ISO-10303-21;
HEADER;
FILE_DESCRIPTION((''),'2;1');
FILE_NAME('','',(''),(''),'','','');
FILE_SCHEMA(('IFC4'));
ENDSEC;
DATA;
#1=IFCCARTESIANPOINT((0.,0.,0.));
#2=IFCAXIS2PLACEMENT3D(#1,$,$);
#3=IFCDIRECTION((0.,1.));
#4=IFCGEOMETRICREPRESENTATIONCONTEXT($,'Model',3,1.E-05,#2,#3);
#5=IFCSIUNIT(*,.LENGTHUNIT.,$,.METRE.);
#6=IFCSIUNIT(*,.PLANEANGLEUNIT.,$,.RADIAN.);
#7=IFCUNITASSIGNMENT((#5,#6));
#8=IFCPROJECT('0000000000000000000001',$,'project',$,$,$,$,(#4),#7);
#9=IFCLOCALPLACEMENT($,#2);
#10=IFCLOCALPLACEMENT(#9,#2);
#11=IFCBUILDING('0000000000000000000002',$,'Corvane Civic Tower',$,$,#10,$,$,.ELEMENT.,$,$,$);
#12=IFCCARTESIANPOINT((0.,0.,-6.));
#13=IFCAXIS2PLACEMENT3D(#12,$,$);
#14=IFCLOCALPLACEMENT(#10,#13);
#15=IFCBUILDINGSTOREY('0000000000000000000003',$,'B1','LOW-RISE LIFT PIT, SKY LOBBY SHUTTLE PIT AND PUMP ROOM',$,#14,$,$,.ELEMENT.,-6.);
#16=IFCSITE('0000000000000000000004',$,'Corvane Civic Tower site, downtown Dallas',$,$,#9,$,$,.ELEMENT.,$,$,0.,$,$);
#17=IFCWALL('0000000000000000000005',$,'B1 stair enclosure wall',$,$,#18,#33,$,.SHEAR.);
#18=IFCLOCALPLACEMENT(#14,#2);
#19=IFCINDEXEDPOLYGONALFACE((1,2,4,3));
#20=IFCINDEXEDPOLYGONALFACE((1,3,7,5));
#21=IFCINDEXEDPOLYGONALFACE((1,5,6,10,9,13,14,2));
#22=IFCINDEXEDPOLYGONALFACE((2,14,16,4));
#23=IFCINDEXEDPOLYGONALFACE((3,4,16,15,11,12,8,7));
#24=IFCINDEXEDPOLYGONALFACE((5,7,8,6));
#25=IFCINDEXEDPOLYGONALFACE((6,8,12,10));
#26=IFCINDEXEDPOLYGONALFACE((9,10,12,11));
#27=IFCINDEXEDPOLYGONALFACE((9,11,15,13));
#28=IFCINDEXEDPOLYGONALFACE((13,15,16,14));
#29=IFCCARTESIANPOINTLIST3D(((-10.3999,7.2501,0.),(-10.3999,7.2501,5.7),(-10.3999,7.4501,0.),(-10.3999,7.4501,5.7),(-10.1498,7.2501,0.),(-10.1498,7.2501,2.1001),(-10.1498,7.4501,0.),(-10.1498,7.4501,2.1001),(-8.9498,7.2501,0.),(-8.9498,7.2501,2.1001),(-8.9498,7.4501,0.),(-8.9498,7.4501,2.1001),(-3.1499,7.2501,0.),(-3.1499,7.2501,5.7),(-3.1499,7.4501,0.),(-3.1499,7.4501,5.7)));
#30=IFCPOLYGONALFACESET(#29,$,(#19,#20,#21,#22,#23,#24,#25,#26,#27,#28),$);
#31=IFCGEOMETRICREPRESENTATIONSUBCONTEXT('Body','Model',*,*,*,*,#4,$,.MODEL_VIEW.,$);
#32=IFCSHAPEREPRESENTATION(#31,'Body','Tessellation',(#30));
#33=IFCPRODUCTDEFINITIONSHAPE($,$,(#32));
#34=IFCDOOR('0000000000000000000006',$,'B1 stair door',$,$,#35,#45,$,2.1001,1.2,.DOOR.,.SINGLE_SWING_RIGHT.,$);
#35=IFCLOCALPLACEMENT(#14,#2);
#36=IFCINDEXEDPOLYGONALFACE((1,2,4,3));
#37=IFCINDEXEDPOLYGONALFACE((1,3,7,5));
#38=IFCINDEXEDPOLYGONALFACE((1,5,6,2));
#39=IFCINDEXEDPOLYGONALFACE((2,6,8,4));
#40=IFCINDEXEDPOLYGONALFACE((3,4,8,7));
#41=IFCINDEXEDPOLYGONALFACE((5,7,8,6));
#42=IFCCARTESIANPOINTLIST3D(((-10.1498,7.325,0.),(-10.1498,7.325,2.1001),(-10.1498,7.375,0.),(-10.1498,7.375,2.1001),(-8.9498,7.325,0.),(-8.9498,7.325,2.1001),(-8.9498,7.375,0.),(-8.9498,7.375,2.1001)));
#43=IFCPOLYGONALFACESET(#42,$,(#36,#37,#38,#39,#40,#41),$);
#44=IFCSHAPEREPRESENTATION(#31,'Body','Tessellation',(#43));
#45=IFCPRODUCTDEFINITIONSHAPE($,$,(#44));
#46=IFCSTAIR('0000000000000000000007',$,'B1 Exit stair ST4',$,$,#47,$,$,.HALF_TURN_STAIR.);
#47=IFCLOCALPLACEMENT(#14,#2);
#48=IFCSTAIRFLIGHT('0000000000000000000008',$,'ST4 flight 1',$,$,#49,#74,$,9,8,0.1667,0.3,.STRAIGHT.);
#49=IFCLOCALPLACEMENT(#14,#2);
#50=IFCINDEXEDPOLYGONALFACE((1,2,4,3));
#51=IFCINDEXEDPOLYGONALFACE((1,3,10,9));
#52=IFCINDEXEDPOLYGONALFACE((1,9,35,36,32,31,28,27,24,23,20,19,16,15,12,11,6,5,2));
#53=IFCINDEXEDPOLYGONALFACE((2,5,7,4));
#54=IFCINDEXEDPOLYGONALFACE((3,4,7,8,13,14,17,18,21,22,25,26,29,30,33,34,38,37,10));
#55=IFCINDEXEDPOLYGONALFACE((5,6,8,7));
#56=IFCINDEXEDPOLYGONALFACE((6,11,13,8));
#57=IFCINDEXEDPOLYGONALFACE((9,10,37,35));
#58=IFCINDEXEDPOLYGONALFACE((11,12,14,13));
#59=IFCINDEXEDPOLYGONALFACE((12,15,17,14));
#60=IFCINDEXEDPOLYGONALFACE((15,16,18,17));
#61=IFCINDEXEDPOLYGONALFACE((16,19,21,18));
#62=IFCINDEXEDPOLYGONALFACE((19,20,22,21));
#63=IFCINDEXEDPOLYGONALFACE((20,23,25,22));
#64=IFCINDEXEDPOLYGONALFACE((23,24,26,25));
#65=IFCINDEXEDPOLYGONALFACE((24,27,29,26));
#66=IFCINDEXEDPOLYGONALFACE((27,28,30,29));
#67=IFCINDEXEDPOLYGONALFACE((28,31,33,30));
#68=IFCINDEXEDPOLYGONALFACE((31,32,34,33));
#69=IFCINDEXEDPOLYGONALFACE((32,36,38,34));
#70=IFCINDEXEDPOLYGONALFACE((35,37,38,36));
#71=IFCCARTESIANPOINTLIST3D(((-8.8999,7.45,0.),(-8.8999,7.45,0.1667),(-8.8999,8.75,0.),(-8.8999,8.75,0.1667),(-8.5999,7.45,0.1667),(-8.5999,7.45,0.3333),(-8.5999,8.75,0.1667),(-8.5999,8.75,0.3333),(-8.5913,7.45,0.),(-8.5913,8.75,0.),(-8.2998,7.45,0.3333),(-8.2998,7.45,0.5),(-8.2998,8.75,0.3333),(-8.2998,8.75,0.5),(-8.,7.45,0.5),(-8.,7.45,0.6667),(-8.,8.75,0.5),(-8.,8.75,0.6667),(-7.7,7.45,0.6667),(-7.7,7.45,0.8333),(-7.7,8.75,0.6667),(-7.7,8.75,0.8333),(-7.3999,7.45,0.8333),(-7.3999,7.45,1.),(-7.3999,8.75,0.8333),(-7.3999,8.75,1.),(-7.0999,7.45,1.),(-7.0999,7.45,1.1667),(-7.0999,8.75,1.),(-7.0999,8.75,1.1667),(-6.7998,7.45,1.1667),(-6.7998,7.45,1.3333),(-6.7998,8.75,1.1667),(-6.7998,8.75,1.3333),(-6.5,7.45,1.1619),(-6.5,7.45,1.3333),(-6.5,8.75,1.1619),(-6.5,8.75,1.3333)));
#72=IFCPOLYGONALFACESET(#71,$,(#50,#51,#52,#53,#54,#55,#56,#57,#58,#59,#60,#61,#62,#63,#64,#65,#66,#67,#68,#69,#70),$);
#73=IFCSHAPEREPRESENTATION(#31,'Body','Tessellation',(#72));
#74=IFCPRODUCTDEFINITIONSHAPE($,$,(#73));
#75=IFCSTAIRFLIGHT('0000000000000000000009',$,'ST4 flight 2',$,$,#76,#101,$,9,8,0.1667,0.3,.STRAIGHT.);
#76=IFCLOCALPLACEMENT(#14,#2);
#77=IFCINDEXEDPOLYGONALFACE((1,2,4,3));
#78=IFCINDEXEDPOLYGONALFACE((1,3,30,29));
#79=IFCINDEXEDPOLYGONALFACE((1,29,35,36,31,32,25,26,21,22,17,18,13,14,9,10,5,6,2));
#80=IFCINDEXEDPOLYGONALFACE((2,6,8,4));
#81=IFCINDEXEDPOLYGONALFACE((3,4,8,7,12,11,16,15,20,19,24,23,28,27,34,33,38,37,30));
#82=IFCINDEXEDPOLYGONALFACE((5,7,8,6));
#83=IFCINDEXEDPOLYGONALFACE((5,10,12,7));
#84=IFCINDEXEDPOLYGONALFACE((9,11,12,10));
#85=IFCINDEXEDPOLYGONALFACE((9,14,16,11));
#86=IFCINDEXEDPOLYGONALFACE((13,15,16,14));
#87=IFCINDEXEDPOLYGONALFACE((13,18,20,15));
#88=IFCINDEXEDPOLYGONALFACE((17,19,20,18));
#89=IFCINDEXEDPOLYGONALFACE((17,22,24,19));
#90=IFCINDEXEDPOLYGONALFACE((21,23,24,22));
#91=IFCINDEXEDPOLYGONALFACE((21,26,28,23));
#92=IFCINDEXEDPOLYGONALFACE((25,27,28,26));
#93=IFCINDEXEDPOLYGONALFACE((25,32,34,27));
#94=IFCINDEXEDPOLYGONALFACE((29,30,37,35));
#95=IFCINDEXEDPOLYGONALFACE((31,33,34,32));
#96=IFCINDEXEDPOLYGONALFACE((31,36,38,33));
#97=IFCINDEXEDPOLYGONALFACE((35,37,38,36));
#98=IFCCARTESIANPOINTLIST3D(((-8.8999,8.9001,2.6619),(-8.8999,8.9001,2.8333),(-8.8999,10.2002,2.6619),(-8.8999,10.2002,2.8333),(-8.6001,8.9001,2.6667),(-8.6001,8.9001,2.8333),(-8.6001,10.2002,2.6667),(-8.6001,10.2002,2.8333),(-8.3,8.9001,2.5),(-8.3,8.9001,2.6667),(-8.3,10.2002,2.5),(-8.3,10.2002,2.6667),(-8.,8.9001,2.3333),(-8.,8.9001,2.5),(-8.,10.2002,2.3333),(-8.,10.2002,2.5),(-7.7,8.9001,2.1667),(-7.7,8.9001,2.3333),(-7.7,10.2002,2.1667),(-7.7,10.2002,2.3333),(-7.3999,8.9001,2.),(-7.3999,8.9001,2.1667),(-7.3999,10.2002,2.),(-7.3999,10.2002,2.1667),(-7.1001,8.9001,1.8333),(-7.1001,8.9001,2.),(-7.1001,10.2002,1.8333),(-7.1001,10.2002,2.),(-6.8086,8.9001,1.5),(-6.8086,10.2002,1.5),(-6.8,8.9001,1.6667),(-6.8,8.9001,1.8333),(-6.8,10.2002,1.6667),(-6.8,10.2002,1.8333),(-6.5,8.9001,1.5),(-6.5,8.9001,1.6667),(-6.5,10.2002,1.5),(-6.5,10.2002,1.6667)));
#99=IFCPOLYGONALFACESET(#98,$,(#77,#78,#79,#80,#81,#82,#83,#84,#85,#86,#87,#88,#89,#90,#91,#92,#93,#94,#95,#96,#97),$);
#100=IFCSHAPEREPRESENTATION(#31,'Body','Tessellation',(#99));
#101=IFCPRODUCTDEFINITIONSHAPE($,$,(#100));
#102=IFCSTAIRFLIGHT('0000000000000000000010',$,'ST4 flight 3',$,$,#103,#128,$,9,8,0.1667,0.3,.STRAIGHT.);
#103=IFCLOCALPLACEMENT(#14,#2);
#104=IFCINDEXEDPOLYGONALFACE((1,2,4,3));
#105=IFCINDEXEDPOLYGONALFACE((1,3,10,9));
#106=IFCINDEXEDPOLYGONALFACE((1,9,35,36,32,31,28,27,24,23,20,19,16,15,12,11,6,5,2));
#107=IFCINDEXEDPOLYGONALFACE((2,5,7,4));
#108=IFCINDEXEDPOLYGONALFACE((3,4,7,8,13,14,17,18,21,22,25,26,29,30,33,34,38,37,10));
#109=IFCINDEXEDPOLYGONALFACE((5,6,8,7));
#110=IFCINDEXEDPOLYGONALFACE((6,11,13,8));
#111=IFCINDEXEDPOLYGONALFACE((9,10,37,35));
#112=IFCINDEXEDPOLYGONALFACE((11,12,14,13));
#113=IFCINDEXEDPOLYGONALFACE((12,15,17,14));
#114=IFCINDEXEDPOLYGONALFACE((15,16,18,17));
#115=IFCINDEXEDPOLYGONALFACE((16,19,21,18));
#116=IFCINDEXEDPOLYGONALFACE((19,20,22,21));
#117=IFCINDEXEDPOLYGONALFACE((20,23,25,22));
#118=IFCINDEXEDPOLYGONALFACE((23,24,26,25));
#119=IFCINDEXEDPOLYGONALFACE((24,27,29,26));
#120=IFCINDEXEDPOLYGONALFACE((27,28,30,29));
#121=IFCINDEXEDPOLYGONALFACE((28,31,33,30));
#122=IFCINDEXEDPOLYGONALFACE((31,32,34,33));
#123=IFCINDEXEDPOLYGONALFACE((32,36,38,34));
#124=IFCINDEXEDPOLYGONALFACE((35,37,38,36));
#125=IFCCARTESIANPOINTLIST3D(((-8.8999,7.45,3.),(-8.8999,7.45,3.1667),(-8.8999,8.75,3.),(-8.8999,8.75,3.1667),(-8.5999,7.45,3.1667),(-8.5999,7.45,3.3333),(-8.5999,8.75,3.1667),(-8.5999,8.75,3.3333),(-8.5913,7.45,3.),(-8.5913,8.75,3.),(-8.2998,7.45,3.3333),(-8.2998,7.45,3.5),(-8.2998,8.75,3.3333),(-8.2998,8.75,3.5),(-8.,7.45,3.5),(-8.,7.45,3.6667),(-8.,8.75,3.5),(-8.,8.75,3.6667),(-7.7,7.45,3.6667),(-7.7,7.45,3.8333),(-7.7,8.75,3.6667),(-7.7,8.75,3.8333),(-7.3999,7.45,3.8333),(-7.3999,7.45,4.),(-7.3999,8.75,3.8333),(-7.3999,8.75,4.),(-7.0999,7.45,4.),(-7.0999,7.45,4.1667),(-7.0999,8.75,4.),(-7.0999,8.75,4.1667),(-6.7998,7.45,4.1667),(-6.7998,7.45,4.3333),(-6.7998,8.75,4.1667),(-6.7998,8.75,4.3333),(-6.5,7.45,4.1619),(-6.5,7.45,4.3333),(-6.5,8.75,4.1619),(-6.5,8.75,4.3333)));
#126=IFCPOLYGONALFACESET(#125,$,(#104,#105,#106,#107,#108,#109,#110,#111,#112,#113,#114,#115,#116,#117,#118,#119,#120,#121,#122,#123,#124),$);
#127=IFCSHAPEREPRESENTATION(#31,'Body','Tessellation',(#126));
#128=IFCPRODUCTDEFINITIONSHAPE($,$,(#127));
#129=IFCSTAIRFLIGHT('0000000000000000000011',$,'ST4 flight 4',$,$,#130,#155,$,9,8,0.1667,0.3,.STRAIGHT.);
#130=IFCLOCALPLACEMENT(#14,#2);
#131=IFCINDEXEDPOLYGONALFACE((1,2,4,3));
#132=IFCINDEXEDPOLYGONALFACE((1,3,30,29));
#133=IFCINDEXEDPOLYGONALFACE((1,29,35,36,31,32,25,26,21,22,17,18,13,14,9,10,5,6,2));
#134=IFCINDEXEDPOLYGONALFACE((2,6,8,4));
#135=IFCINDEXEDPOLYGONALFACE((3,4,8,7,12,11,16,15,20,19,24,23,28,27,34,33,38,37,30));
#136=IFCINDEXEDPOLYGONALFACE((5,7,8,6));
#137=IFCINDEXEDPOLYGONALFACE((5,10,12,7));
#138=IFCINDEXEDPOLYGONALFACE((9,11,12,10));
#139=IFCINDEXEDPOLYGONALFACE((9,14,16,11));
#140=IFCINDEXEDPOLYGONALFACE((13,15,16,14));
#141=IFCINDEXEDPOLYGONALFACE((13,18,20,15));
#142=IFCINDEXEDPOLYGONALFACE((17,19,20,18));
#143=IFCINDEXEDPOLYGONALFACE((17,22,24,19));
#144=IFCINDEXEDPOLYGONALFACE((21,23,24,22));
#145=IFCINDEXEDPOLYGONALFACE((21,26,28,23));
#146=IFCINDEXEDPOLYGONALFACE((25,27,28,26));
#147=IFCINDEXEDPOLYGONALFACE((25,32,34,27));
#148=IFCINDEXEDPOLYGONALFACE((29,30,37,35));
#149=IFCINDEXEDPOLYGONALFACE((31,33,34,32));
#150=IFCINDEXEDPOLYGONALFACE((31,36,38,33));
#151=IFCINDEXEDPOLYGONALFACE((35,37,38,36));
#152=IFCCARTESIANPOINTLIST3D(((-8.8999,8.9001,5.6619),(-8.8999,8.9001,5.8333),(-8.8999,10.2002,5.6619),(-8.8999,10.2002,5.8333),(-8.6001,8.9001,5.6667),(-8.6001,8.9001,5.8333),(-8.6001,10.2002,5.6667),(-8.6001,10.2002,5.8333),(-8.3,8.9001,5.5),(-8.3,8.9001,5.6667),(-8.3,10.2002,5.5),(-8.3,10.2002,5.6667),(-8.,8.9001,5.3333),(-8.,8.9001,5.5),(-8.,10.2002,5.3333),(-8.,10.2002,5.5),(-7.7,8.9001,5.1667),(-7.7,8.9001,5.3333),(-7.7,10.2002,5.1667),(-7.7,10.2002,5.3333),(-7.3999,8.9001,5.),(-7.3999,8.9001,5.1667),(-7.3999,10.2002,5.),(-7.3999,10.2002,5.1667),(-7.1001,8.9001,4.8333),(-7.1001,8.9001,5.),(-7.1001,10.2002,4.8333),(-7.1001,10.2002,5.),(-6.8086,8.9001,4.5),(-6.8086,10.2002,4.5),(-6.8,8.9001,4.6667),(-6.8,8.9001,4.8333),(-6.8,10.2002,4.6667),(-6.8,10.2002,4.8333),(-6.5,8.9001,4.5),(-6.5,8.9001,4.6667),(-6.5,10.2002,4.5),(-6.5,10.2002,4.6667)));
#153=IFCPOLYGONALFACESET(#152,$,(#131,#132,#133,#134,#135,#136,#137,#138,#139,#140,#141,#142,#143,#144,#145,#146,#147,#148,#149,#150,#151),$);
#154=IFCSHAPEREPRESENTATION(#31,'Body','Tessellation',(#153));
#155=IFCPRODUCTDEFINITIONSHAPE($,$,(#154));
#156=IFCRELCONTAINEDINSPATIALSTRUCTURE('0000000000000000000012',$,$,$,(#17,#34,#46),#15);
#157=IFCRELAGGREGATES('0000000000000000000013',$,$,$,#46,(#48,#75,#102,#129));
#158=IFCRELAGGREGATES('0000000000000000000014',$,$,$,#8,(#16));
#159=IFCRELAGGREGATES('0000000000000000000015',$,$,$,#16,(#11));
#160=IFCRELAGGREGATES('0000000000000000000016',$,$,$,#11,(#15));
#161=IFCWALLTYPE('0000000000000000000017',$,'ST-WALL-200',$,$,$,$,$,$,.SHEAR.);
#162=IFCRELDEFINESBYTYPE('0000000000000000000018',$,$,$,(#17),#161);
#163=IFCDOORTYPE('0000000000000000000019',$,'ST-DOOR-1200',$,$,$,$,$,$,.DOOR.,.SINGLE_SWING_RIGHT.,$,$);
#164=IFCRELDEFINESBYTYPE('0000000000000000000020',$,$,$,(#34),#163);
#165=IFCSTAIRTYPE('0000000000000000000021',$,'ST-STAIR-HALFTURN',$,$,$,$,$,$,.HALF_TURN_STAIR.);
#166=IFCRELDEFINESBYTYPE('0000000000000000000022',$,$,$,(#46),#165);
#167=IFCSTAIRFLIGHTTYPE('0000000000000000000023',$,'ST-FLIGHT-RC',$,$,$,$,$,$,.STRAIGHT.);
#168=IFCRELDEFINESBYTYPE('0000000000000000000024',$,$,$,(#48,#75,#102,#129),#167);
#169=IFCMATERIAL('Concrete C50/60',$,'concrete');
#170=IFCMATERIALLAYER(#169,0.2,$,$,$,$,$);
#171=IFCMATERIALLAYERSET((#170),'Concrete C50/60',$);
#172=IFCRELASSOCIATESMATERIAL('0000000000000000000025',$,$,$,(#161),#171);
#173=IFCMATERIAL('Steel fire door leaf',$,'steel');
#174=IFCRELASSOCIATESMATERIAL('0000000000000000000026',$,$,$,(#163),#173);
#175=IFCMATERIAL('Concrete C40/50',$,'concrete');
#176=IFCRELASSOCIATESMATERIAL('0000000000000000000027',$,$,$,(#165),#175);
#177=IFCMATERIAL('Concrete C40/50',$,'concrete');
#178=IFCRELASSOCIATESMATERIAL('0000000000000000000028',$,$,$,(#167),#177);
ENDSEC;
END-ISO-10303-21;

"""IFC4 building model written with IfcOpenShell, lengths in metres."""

from ifc_helpers import new_model, si_unit, direction, frame, frame_2d, origin, place, context, subcontext, project, spatial, polyline, rectangle, outline, extrude, material, layer, layer_set, type_object, element, fill, aggregate, save


model = new_model("IFC4")

# Units and contexts
model_context = context("Model", 3, precision=1e-05, world=origin(), true_north=direction((0.0, 1.0)))
body_context = subcontext(model_context, "Body", "Model", "MODEL_VIEW")
ifc_project = project(units=[si_unit("LENGTHUNIT", "METRE"), si_unit("PLANEANGLEUNIT", "RADIAN")], contexts=[model_context])

# Site, building, storey
site_placement = place(None, origin())
site = spatial("IfcSite", under=ifc_project, at=site_placement, Name="Corvane Civic Tower site, downtown Dallas", CompositionType="ELEMENT", RefElevation=0.0)
building_placement = place(site_placement, origin())
building = spatial("IfcBuilding", under=site, at=building_placement, Name="Corvane Civic Tower", CompositionType="ELEMENT")
storey_placement = place(building_placement, frame((0.0, 0.0, -6.0)))
storey = spatial("IfcBuildingStorey", under=building, at=storey_placement, Name="B1", Description="LOW-RISE LIFT PIT, SKY LOBBY SHUTTLE PIT AND PUMP ROOM", CompositionType="ELEMENT", Elevation=-6.0)

# Wall, opening, door
ifc_material_1 = material(Name="Concrete C50/60", Category="concrete")
ifc_layer_1 = layer(ifc_material_1, 0.2)
ifc_layer_set_1 = layer_set([ifc_layer_1], Name="Concrete C50/60")
wall_type_1 = type_object("IfcWallType", Name="ST-WALL-200", PredefinedType="SHEAR", material=ifc_layer_set_1)
wall_1_placement = place(storey_placement, frame((-10.3999, 7.3501, 0.0), z_axis=(0.0, 0.0, 1.0), x_axis=(1.0, 0.0, 0.0)))
wall_1 = element("IfcWall", 1, at=wall_1_placement, inside=storey, type_object=wall_type_1, Name="B1 stair enclosure wall", PredefinedType="SHEAR", context=body_context, shape_type="SweptSolid", body=[
    extrude(rectangle(XDim=7.25, YDim=0.2, at=frame_2d((3.625, 0.0))), origin(), (0.0, 0.0, 1.0), 5.7),
])
opening_1_placement = place(wall_1_placement, frame((0.25, 0.0, 0.0)))
opening_1 = element("IfcOpeningElement", 2, at=opening_1_placement, cuts=wall_1, PredefinedType="OPENING", context=body_context, shape_type="SweptSolid", body=[
    extrude(rectangle(XDim=1.2, YDim=2.1001, at=frame_2d((0.6001, 1.05))), frame((0.0, 0.1099, 0.0), z_axis=(0.0, -1.0, 0.0), x_axis=(1.0, 0.0, 0.0)), (0.0, 0.0, 1.0), 0.22),
])
ifc_material_2 = material(Name="Steel fire door leaf", Category="steel")
door_type_1 = type_object("IfcDoorType", Name="ST-DOOR-1200", OperationType="SINGLE_SWING_RIGHT", PredefinedType="DOOR", material=ifc_material_2)
door_1_placement = place(opening_1_placement, origin())
door_1 = element("IfcDoor", 3, at=door_1_placement, inside=storey, type_object=door_type_1, Name="B1 stair door", OperationType="SINGLE_SWING_RIGHT", OverallHeight=2.1001, OverallWidth=1.2, PredefinedType="DOOR", context=body_context, shape_type="SweptSolid", body=[
    extrude(rectangle(XDim=1.2, YDim=2.1001, at=frame_2d((0.6001, 1.05))), frame((0.0, 0.0249, 0.0), z_axis=(0.0, -1.0, 0.0), x_axis=(1.0, 0.0, 0.0)), (0.0, 0.0, 1.0), 0.05),
])
fill(opening_1, door_1)

# Stair, stair flights
ifc_material_3 = material(Name="Concrete C40/50", Category="concrete")
stair_type = type_object("IfcStairType", Name="ST-STAIR-HALFTURN", PredefinedType="HALF_TURN_STAIR", material=ifc_material_3)
stair_placement = place(storey_placement, origin())
stair = element("IfcStair", 4, at=stair_placement, inside=storey, type_object=stair_type, Name="B1 Exit stair ST4", PredefinedType="HALF_TURN_STAIR")
ifc_material_4 = material(Name="Concrete C40/50", Category="concrete")
stair_flight_type = type_object("IfcStairFlightType", Name="ST-FLIGHT-RC", PredefinedType="STRAIGHT", material=ifc_material_4)
stair_flight_1_placement = place(storey_placement, frame((-8.8999, 8.1001, 0.0), z_axis=(0.0, 0.0, 1.0), x_axis=(1.0, 0.0, 0.0)))
stair_flight_1 = element("IfcStairFlight", 5, at=stair_flight_1_placement, type_object=stair_flight_type, Name="ST4 flight 1", NumberOfRisers=9, NumberOfTreads=8, PredefinedType="STRAIGHT", RiserHeight=0.1667, TreadLength=0.3, context=body_context, shape_type="SweptSolid", body=[
    extrude(outline(polyline([(0.0, 0.0), (0.0, 0.1667), (0.3, 0.1667), (0.3, 0.3333), (0.6001, 0.3333), (0.6001, 0.5), (0.8999, 0.5), (0.8999, 0.6667), (1.2, 0.6667), (1.2, 0.8333), (1.5, 0.8333), (1.5, 1.0), (1.8, 1.0), (1.8, 1.1667), (2.1001, 1.1667), (2.1001, 1.3333), (2.3999, 1.3333), (2.3999, 1.5), (2.3999, 1.1619), (0.3086, 0.0), (0.0, 0.0)])), frame((0.0, 0.6499, 0.0), z_axis=(0.0, -1.0, 0.0), x_axis=(1.0, 0.0, 0.0)), (0.0, 0.0, 1.0), 1.3),
])
stair_flight_2_placement = place(storey_placement, frame((-6.5, 9.55, 1.5), z_axis=(0.0, 0.0, 1.0), x_axis=(-1.0, 0.0, 0.0)))
stair_flight_2 = element("IfcStairFlight", 6, at=stair_flight_2_placement, type_object=stair_flight_type, Name="ST4 flight 2", NumberOfRisers=9, NumberOfTreads=8, PredefinedType="STRAIGHT", RiserHeight=0.1667, TreadLength=0.3, context=body_context, shape_type="SweptSolid", body=[
    extrude(outline(polyline([(0.0, 0.0), (0.0, 0.1667), (0.3, 0.1667), (0.3, 0.3333), (0.6001, 0.3333), (0.6001, 0.5), (0.8999, 0.5), (0.8999, 0.6667), (1.2, 0.6667), (1.2, 0.8333), (1.5, 0.8333), (1.5, 1.0), (1.8, 1.0), (1.8, 1.1667), (2.1001, 1.1667), (2.1001, 1.3333), (2.3999, 1.3333), (2.3999, 1.5), (2.3999, 1.1619), (0.3086, 0.0), (0.0, 0.0)])), frame((0.0, 0.6499, 0.0), z_axis=(0.0, -1.0, 0.0), x_axis=(1.0, 0.0, 0.0)), (0.0, 0.0, 1.0), 1.3),
])
stair_flight_3_placement = place(storey_placement, frame((-8.8999, 8.1001, 3.0), z_axis=(0.0, 0.0, 1.0), x_axis=(1.0, 0.0, 0.0)))
stair_flight_3 = element("IfcStairFlight", 7, at=stair_flight_3_placement, type_object=stair_flight_type, Name="ST4 flight 3", NumberOfRisers=9, NumberOfTreads=8, PredefinedType="STRAIGHT", RiserHeight=0.1667, TreadLength=0.3, context=body_context, shape_type="SweptSolid", body=[
    extrude(outline(polyline([(0.0, 0.0), (0.0, 0.1667), (0.3, 0.1667), (0.3, 0.3333), (0.6001, 0.3333), (0.6001, 0.5), (0.8999, 0.5), (0.8999, 0.6667), (1.2, 0.6667), (1.2, 0.8333), (1.5, 0.8333), (1.5, 1.0), (1.8, 1.0), (1.8, 1.1667), (2.1001, 1.1667), (2.1001, 1.3333), (2.3999, 1.3333), (2.3999, 1.5), (2.3999, 1.1619), (0.3086, 0.0), (0.0, 0.0)])), frame((0.0, 0.6499, 0.0), z_axis=(0.0, -1.0, 0.0), x_axis=(1.0, 0.0, 0.0)), (0.0, 0.0, 1.0), 1.3),
])
stair_flight_4_placement = place(storey_placement, frame((-6.5, 9.55, 4.5), z_axis=(0.0, 0.0, 1.0), x_axis=(-1.0, 0.0, 0.0)))
stair_flight_4 = element("IfcStairFlight", 8, at=stair_flight_4_placement, type_object=stair_flight_type, Name="ST4 flight 4", NumberOfRisers=9, NumberOfTreads=8, PredefinedType="STRAIGHT", RiserHeight=0.1667, TreadLength=0.3, context=body_context, shape_type="SweptSolid", body=[
    extrude(outline(polyline([(0.0, 0.0), (0.0, 0.1667), (0.3, 0.1667), (0.3, 0.3333), (0.6001, 0.3333), (0.6001, 0.5), (0.8999, 0.5), (0.8999, 0.6667), (1.2, 0.6667), (1.2, 0.8333), (1.5, 0.8333), (1.5, 1.0), (1.8, 1.0), (1.8, 1.1667), (2.1001, 1.1667), (2.1001, 1.3333), (2.3999, 1.3333), (2.3999, 1.5), (2.3999, 1.1619), (0.3086, 0.0), (0.0, 0.0)])), frame((0.0, 0.6499, 0.0), z_axis=(0.0, -1.0, 0.0), x_axis=(1.0, 0.0, 0.0)), (0.0, 0.0, 1.0), 1.3),
])
aggregate(stair, [stair_flight_1, stair_flight_2, stair_flight_3, stair_flight_4])

save(model, "model.ifc")
